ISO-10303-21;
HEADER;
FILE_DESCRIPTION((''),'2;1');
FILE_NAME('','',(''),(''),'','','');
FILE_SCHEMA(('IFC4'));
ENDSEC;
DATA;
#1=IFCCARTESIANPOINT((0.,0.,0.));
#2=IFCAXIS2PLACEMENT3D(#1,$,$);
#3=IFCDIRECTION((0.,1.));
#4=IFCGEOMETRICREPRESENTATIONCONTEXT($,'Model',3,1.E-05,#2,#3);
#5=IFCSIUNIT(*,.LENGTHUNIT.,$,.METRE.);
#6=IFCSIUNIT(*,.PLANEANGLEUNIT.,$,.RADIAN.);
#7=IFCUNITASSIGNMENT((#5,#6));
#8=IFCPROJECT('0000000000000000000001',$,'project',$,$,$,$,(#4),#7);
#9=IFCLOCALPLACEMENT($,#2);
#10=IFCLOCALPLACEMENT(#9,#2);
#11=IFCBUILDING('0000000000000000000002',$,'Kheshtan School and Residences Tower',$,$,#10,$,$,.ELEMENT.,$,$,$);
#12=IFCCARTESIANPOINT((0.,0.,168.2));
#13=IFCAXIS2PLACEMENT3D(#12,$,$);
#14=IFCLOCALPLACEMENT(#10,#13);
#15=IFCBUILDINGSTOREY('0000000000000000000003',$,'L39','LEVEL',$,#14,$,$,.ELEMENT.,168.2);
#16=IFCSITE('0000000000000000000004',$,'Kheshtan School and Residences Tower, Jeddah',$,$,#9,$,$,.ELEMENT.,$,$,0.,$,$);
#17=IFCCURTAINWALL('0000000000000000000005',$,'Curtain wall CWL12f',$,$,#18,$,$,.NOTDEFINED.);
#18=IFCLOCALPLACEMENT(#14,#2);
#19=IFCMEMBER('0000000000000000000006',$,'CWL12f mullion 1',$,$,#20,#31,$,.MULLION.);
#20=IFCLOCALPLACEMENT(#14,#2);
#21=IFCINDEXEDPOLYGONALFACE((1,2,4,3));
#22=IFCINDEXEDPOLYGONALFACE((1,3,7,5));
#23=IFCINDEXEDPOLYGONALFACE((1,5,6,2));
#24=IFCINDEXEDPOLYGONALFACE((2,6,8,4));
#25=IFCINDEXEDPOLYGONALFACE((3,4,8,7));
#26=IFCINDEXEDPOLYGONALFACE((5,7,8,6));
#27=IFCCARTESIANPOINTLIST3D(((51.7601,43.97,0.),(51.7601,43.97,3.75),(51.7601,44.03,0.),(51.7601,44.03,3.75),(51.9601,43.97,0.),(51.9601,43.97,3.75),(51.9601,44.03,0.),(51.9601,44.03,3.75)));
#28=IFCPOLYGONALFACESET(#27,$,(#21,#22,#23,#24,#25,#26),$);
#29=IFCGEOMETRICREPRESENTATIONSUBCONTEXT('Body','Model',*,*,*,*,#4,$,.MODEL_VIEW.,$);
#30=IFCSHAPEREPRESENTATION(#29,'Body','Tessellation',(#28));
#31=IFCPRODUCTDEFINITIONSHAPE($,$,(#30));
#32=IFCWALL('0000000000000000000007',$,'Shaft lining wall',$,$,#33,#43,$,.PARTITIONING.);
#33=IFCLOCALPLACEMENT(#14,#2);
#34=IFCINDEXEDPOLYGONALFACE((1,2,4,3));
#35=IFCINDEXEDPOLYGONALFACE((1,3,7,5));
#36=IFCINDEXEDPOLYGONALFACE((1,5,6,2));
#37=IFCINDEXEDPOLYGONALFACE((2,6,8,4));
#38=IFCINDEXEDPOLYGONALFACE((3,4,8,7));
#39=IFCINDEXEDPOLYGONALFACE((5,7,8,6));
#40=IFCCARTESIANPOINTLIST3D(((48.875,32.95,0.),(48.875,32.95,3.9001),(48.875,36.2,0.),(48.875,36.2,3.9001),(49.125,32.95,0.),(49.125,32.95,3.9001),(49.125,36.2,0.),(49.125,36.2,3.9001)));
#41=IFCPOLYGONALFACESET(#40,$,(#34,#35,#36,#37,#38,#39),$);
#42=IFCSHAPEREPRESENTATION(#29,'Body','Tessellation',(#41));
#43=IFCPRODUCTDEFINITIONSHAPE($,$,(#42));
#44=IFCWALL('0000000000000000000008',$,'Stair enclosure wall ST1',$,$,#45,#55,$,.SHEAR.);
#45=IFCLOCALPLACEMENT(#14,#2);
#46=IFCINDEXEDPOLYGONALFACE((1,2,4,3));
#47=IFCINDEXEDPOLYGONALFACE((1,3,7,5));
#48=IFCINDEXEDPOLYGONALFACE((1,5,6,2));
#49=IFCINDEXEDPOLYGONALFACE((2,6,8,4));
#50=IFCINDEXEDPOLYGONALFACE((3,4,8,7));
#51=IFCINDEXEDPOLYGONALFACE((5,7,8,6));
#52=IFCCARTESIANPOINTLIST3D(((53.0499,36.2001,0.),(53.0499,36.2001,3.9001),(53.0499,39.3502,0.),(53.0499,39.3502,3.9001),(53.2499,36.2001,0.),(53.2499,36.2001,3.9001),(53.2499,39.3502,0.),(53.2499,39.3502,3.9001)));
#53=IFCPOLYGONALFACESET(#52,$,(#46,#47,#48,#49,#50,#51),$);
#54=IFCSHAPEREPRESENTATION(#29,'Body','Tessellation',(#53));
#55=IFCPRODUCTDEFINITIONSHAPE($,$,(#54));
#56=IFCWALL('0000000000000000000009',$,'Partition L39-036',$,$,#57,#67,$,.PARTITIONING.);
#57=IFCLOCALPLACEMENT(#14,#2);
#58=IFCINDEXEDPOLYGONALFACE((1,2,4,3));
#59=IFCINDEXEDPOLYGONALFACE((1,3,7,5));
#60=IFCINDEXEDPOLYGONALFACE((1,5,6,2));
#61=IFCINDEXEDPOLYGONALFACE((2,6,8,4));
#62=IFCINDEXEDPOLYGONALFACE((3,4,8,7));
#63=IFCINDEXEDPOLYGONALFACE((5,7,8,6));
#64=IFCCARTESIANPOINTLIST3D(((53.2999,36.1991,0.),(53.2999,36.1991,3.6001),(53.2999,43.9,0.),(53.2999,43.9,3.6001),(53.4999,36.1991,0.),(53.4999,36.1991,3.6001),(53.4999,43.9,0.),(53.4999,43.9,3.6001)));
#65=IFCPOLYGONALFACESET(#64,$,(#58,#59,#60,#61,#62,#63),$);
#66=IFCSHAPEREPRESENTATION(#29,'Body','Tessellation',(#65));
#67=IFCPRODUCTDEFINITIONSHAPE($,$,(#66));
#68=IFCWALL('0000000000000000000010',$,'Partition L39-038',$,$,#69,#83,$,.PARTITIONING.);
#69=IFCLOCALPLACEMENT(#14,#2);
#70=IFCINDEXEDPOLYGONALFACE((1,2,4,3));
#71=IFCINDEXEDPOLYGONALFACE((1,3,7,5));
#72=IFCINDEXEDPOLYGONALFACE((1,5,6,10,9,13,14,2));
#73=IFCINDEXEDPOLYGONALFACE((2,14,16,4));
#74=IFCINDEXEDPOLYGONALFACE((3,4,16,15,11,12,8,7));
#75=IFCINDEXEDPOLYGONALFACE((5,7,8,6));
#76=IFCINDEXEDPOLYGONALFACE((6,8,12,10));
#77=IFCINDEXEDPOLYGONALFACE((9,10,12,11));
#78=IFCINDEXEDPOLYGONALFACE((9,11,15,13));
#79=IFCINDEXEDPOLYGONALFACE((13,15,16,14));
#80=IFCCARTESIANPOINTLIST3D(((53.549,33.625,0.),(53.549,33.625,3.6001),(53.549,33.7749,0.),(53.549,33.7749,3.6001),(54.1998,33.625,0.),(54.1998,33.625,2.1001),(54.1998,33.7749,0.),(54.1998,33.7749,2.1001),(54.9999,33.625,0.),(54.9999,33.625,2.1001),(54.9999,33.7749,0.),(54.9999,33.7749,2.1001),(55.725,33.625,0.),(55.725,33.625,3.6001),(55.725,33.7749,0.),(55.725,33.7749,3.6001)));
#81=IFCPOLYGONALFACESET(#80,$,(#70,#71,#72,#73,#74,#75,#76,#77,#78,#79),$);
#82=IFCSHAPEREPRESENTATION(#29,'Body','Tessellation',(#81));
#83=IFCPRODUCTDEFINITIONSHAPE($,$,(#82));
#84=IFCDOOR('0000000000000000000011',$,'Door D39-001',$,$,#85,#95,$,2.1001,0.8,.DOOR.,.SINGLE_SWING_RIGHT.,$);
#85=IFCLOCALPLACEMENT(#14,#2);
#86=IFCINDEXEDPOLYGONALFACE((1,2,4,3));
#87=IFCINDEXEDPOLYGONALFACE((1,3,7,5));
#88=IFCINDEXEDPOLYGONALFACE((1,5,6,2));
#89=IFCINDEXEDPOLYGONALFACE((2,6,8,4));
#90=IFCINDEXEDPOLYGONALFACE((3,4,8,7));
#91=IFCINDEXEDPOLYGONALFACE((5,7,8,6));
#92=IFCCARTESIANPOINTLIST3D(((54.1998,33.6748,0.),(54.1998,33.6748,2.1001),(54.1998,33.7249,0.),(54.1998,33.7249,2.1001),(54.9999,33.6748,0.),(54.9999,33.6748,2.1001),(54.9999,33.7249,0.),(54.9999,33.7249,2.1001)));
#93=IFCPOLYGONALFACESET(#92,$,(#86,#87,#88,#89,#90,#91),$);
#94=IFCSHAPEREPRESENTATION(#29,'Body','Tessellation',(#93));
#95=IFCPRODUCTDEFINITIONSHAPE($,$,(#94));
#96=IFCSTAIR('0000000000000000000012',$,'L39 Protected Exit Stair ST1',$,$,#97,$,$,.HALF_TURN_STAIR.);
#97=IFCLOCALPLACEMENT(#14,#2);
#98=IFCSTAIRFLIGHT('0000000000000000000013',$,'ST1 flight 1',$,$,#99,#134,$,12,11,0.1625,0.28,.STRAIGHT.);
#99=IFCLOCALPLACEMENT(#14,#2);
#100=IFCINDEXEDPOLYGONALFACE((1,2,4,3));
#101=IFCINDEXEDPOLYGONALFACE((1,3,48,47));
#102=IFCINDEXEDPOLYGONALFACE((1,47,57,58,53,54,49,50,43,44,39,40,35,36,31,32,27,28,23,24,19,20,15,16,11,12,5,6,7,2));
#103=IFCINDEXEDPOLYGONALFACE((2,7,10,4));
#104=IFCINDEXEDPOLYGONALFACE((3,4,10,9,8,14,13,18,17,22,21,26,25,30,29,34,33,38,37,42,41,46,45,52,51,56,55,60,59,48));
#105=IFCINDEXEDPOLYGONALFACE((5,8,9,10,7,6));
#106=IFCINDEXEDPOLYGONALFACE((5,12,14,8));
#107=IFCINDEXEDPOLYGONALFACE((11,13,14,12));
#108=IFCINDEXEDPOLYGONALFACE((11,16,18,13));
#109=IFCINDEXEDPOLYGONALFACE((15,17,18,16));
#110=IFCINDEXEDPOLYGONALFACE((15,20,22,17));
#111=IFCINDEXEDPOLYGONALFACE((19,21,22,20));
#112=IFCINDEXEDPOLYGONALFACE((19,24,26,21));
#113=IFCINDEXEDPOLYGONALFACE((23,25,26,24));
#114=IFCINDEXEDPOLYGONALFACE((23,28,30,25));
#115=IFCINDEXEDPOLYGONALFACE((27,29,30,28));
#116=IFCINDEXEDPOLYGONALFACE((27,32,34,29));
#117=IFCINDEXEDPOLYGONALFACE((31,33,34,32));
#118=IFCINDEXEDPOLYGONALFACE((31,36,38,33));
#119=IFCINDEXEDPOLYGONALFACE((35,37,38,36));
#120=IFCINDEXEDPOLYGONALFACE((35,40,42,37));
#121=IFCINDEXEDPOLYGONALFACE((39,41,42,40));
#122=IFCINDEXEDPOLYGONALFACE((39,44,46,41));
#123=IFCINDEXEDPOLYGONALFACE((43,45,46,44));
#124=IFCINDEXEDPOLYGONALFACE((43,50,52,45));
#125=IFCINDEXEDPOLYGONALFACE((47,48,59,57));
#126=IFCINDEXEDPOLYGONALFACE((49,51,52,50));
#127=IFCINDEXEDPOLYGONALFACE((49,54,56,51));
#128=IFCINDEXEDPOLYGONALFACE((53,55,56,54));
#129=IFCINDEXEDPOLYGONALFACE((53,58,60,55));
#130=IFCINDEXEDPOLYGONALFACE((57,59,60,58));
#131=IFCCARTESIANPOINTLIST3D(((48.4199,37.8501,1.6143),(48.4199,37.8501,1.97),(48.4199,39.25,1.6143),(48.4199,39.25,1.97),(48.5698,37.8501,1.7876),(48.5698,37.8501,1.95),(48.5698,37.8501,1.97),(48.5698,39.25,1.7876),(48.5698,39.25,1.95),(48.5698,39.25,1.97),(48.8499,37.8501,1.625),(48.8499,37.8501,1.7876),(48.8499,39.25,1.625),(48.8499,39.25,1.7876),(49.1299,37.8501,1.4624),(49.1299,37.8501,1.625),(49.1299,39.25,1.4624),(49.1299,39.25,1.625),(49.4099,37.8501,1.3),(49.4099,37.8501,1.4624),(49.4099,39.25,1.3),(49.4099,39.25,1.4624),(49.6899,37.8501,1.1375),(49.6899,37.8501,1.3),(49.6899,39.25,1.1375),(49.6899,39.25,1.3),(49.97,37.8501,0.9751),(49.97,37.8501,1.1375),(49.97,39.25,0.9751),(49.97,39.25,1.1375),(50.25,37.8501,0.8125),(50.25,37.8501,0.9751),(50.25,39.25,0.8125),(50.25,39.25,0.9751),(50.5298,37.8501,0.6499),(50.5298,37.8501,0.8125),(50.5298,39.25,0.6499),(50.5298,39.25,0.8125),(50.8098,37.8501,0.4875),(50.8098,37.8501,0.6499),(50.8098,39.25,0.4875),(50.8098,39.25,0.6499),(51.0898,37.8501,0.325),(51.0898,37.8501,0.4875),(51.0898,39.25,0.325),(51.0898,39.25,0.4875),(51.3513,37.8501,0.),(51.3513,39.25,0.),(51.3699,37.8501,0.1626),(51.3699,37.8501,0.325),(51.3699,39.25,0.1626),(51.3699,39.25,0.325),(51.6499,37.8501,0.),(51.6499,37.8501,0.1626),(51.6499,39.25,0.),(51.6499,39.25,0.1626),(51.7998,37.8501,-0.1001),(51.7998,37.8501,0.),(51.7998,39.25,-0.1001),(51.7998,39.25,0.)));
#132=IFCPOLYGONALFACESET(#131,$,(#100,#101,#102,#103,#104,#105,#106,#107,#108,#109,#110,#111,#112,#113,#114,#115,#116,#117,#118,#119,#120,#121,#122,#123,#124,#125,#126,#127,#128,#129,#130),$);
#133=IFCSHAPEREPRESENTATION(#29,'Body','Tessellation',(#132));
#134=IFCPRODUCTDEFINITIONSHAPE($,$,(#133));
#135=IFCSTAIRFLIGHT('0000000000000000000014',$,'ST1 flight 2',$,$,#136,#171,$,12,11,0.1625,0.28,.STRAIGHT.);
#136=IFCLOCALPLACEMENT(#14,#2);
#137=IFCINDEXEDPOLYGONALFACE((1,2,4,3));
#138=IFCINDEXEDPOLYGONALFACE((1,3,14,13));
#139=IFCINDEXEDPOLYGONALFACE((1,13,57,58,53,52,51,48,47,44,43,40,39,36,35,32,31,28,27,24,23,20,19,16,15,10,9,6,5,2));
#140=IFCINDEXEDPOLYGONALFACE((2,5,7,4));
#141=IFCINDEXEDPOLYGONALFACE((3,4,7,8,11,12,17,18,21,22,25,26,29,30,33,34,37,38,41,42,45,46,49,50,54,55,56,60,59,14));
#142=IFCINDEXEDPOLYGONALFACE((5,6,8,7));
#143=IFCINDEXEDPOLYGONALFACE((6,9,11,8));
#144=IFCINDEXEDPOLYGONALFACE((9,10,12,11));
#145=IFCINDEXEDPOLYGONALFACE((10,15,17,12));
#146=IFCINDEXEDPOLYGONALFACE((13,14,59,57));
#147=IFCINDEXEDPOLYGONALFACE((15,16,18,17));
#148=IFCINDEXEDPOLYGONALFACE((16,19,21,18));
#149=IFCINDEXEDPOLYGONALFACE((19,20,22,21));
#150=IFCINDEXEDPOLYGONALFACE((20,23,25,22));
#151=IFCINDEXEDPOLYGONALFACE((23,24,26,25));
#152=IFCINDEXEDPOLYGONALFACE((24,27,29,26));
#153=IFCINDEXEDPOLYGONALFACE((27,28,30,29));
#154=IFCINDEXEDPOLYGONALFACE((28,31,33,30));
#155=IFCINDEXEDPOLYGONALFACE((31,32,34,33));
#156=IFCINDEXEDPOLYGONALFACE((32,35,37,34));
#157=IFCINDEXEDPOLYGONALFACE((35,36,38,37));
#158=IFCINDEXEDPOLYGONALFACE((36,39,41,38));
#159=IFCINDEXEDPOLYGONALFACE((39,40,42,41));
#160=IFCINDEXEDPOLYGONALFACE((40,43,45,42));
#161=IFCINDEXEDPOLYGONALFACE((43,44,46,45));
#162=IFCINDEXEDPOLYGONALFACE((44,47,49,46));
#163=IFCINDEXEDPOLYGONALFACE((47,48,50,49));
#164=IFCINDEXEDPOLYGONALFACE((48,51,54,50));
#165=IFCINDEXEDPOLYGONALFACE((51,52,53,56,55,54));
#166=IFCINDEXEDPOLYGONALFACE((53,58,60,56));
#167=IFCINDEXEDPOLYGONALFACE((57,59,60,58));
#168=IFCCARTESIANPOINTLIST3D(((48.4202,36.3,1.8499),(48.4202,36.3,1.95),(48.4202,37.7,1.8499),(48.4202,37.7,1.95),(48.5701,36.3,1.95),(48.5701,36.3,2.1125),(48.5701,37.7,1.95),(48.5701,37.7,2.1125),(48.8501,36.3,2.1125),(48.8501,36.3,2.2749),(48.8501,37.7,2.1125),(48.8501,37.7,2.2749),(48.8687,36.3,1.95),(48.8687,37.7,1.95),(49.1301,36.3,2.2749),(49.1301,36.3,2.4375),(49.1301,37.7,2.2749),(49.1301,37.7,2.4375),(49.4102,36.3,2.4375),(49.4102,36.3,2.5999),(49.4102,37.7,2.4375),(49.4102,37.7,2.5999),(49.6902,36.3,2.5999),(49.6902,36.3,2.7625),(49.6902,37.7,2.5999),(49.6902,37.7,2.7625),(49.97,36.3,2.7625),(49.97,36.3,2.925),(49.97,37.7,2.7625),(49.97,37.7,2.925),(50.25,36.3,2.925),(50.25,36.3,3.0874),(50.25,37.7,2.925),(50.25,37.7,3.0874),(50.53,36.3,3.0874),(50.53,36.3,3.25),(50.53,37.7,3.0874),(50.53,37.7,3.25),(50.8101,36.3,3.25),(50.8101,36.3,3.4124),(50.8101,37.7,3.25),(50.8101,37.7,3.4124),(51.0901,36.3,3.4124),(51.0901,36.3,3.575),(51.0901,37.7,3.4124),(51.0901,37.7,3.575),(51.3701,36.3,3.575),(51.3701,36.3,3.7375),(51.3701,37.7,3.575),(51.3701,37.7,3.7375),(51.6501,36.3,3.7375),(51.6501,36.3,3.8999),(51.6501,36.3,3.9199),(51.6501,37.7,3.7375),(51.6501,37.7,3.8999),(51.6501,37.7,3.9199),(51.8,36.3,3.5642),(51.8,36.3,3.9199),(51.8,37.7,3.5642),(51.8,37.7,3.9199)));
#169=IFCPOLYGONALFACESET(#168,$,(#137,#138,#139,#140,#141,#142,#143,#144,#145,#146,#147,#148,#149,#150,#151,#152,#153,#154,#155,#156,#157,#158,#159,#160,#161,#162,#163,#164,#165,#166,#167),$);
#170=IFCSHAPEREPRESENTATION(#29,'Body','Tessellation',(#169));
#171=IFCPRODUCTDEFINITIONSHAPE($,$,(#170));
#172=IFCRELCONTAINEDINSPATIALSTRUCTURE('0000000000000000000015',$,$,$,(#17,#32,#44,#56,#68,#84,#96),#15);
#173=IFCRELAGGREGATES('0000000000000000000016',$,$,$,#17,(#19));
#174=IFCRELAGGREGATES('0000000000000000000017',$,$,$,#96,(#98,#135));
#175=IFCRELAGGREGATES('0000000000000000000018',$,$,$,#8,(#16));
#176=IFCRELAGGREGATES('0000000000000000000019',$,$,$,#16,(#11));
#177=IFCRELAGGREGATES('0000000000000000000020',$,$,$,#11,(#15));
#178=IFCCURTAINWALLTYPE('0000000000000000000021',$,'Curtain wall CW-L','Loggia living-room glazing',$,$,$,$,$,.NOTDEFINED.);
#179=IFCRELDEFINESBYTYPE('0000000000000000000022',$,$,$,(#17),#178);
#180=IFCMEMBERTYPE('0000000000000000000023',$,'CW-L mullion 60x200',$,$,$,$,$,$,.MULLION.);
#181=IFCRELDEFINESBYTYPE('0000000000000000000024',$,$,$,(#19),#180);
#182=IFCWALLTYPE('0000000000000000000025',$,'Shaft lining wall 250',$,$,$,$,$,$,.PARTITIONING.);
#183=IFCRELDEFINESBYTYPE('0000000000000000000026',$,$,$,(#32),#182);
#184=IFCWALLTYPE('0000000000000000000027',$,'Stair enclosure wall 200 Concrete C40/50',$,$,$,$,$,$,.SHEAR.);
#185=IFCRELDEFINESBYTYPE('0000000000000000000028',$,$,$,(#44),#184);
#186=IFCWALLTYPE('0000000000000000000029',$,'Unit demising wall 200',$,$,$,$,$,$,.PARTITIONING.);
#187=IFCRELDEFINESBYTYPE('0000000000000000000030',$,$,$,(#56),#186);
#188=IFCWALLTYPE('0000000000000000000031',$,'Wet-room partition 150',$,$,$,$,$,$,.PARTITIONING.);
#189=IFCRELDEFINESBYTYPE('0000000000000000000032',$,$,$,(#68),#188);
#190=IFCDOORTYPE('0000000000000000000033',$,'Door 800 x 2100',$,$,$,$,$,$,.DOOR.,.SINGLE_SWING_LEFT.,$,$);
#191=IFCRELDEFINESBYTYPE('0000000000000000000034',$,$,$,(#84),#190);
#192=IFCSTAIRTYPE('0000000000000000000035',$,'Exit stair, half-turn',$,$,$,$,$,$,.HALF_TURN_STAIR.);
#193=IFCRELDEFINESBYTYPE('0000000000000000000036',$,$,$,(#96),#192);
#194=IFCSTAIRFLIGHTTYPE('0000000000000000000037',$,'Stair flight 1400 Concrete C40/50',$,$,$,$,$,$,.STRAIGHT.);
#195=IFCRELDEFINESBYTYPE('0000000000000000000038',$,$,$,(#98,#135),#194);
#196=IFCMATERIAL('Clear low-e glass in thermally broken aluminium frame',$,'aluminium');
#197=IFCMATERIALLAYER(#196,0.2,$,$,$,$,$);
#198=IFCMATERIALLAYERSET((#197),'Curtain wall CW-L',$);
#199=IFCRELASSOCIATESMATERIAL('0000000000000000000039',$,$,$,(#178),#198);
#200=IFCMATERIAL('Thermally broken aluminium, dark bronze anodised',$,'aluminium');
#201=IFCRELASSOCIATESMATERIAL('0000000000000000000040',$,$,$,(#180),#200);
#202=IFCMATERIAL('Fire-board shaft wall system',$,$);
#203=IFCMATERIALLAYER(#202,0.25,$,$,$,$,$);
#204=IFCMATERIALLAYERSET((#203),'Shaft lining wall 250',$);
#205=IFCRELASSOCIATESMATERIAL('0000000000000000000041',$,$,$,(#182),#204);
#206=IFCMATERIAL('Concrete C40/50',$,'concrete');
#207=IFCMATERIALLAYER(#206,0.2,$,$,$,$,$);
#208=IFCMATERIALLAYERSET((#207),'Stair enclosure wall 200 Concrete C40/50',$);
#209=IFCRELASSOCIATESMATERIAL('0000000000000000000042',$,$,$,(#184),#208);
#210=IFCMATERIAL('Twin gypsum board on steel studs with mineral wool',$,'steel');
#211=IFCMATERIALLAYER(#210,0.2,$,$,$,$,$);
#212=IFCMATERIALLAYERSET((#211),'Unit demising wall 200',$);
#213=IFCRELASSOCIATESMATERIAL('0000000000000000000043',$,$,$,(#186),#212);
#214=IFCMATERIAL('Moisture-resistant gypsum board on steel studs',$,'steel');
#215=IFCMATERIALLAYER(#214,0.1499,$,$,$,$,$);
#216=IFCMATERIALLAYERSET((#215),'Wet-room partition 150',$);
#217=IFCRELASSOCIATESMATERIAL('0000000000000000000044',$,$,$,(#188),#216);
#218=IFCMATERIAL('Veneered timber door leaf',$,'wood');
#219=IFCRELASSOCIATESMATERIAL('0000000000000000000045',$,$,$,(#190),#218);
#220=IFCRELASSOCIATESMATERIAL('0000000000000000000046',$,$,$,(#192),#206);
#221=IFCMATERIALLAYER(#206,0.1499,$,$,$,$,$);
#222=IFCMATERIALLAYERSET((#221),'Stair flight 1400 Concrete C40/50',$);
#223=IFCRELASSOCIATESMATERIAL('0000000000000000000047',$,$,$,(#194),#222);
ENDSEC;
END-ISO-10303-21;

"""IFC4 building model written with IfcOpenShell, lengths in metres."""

from ifc_helpers import new_model, si_unit, direction, frame, frame_2d, origin, origin_2d, place, context, subcontext, project, spatial, polyline, rectangle, outline, extrude, source, transform, mapped, material, layer, layer_set, material_profile, profile_set, type_object, element, fill, aggregate, save


model = new_model("IFC4")

# Units and contexts
model_context = context("Model", 3, precision=1e-05, world=origin(), true_north=direction((0.0, 1.0)))
body_context = subcontext(model_context, "Body", "Model", "MODEL_VIEW")
ifc_project = project(units=[si_unit("LENGTHUNIT", "METRE"), si_unit("PLANEANGLEUNIT", "RADIAN")], contexts=[model_context])

# Site, building, storey
site_placement = place(None, origin())
site = spatial("IfcSite", under=ifc_project, at=site_placement, Name="Kheshtan School and Residences Tower, Jeddah", CompositionType="ELEMENT", RefElevation=0.0)
building_placement = place(site_placement, origin())
building = spatial("IfcBuilding", under=site, at=building_placement, Name="Kheshtan School and Residences Tower", CompositionType="ELEMENT")
storey_placement = place(building_placement, frame((0.0, 0.0, 168.2)))
storey = spatial("IfcBuildingStorey", under=building, at=storey_placement, Name="L39", Description="LEVEL", CompositionType="ELEMENT", Elevation=168.2)

# Curtain wall, member
ifc_material_1 = material(Name="Clear low-e glass in thermally broken aluminium frame", Category="aluminium")
ifc_layer_1 = layer(ifc_material_1, 0.2)
ifc_layer_set_1 = layer_set([ifc_layer_1], Name="Curtain wall CW-L")
curtain_wall_type = type_object("IfcCurtainWallType", Name="Curtain wall CW-L", Description="Loggia living-room glazing", PredefinedType="NOTDEFINED", material=ifc_layer_set_1)
curtain_wall_placement = place(storey_placement, origin())
curtain_wall = element("IfcCurtainWall", 1, at=curtain_wall_placement, inside=storey, type_object=curtain_wall_type, Name="Curtain wall CWL12f", PredefinedType="NOTDEFINED")
ifc_material_2 = material(Name="Thermally broken aluminium, dark bronze anodised", Category="aluminium")
ifc_material_profile = material_profile(ifc_material_2, rectangle(XDim=0.0601, YDim=0.2, at=origin_2d()), Name="CW-L mullion 60x200")
ifc_profile_set = profile_set([ifc_material_profile], Name="Thermally broken aluminium, dark bronze anodised")
member_type = type_object("IfcMemberType", Name="CW-L mullion 60x200", PredefinedType="MULLION", material=ifc_profile_set)
member_placement = place(storey_placement, frame((51.8601, 44.0, 0.0), z_axis=(0.0, 0.0, 1.0), x_axis=(0.0, 1.0, 0.0)))
member = element("IfcMember", 2, at=member_placement, type_object=member_type, Name="CWL12f mullion 1", PredefinedType="MULLION", context=body_context, shape_type="SweptSolid", body=[
    extrude(rectangle(XDim=0.0601, YDim=0.2, at=origin_2d()), origin(), (0.0, 0.0, 1.0), 3.75),
])
aggregate(curtain_wall, [member])

# Walls
ifc_material_3 = material(Name="Fire-board shaft wall system")
ifc_layer_2 = layer(ifc_material_3, 0.25)
ifc_layer_set_2 = layer_set([ifc_layer_2], Name="Shaft lining wall 250")
wall_type_1 = type_object("IfcWallType", Name="Shaft lining wall 250", PredefinedType="PARTITIONING", material=ifc_layer_set_2)
wall_1_placement = place(storey_placement, frame((49.0, 32.95, 0.0), z_axis=(0.0, 0.0, 1.0), x_axis=(0.0, 1.0, 0.0)))
element("IfcWall", 3, at=wall_1_placement, inside=storey, type_object=wall_type_1, Name="Shaft lining wall", PredefinedType="PARTITIONING", context=body_context, shape_type="SweptSolid", body=[
    extrude(rectangle(XDim=3.25, YDim=0.25, at=frame_2d((1.625, 0.0))), origin(), (0.0, 0.0, 1.0), 3.9001),
])
ifc_material_4 = material(Name="Concrete C40/50", Category="concrete")
ifc_layer_3 = layer(ifc_material_4, 0.2)
ifc_layer_set_3 = layer_set([ifc_layer_3], Name="Stair enclosure wall 200 Concrete C40/50")
wall_type_2 = type_object("IfcWallType", Name="Stair enclosure wall 200 Concrete C40/50", PredefinedType="SHEAR", material=ifc_layer_set_3)
wall_2_placement = place(storey_placement, frame((53.1499, 36.2, 0.0), z_axis=(0.0, 0.0, 1.0), x_axis=(0.0, 1.0, 0.0)))
element("IfcWall", 4, at=wall_2_placement, inside=storey, type_object=wall_type_2, Name="Stair enclosure wall ST1", PredefinedType="SHEAR", context=body_context, shape_type="SweptSolid", body=[
    extrude(rectangle(XDim=3.1501, YDim=0.2, at=frame_2d((1.5752, 0.0))), origin(), (0.0, 0.0, 1.0), 3.9001),
])
ifc_material_5 = material(Name="Twin gypsum board on steel studs with mineral wool", Category="steel")
ifc_layer_4 = layer(ifc_material_5, 0.2)
ifc_layer_set_4 = layer_set([ifc_layer_4], Name="Unit demising wall 200")
wall_type_3 = type_object("IfcWallType", Name="Unit demising wall 200", PredefinedType="PARTITIONING", material=ifc_layer_set_4)
wall_3_placement = place(storey_placement, frame((53.3999, 36.199, 0.0), z_axis=(0.0, 0.0, 1.0), x_axis=(0.0, 1.0, 0.0)))
element("IfcWall", 5, at=wall_3_placement, inside=storey, type_object=wall_type_3, Name="Partition L39-036", PredefinedType="PARTITIONING", context=body_context, shape_type="SweptSolid", body=[
    extrude(rectangle(XDim=7.7009, YDim=0.2, at=frame_2d((3.8506, 0.0))), origin(), (0.0, 0.0, 1.0), 3.6001),
])

# Wall, opening, door
ifc_material_6 = material(Name="Moisture-resistant gypsum board on steel studs", Category="steel")
ifc_layer_5 = layer(ifc_material_6, 0.1499)
ifc_layer_set_5 = layer_set([ifc_layer_5], Name="Wet-room partition 150")
wall_type_4 = type_object("IfcWallType", Name="Wet-room partition 150", PredefinedType="PARTITIONING", material=ifc_layer_set_5)
wall_4_placement = place(storey_placement, frame((53.5491, 33.7, 0.0), z_axis=(0.0, 0.0, 1.0), x_axis=(1.0, 0.0, 0.0)))
wall_4 = element("IfcWall", 6, at=wall_4_placement, inside=storey, type_object=wall_type_4, Name="Partition L39-038", PredefinedType="PARTITIONING", context=body_context, shape_type="SweptSolid", body=[
    extrude(rectangle(XDim=2.176, YDim=0.1499, at=frame_2d((1.0879, 0.0))), origin(), (0.0, 0.0, 1.0), 3.6001),
])
opening_1_placement = place(wall_4_placement, frame((0.6509, 0.0, 0.0)))
opening_1 = element("IfcOpeningElement", 7, at=opening_1_placement, cuts=wall_4, PredefinedType="OPENING", context=body_context, shape_type="SweptSolid", body=[
    extrude(rectangle(XDim=0.8, YDim=2.1001, at=frame_2d((0.3999, 1.05))), frame((0.0, 0.085, 0.0), z_axis=(0.0, -1.0, 0.0), x_axis=(1.0, 0.0, 0.0)), (0.0, 0.0, 1.0), 0.1699),
])
ifc_material_7 = material(Name="Veneered timber door leaf", Category="wood")
door_type_1 = type_object("IfcDoorType", Name="Door 800 x 2100", OperationType="SINGLE_SWING_LEFT", PredefinedType="DOOR", material=ifc_material_7)
shared_shape_1 = source(origin(), body_context, "Body", "SweptSolid", [
    extrude(rectangle(XDim=0.8, YDim=2.1001, at=frame_2d((0.3999, 1.05))), frame((0.0, 0.0249, 0.0), z_axis=(0.0, -1.0, 0.0), x_axis=(1.0, 0.0, 0.0)), (0.0, 0.0, 1.0), 0.05),
])
door_1_placement = place(opening_1_placement, origin())
door_1 = element("IfcDoor", 8, at=door_1_placement, inside=storey, type_object=door_type_1, Name="Door D39-001", OperationType="SINGLE_SWING_RIGHT", OverallHeight=2.1001, OverallWidth=0.8, PredefinedType="DOOR", context=body_context, shape_type="MappedRepresentation", body=[
    mapped(shared_shape_1, transform((0.0, 0.0, 0.0), x_axis=(1.0, 0.0, 0.0), y_axis=(0.0, 1.0, 0.0), z_axis=(0.0, 0.0, 1.0), scale=1.0)),
])
fill(opening_1, door_1)

# Stair, stair flights
stair_type = type_object("IfcStairType", Name="Exit stair, half-turn", PredefinedType="HALF_TURN_STAIR", material=ifc_material_4)
stair_placement = place(storey_placement, origin())
stair = element("IfcStair", 9, at=stair_placement, inside=storey, type_object=stair_type, Name="L39 Protected Exit Stair ST1", PredefinedType="HALF_TURN_STAIR")
ifc_layer_6 = layer(ifc_material_4, 0.1499)
ifc_layer_set_6 = layer_set([ifc_layer_6], Name="Stair flight 1400 Concrete C40/50")
stair_flight_type = type_object("IfcStairFlightType", Name="Stair flight 1400 Concrete C40/50", PredefinedType="STRAIGHT", material=ifc_layer_set_6)
stair_flight_1_placement = place(storey_placement, frame((51.6499, 38.55, 0.0), z_axis=(0.0, 0.0, 1.0), x_axis=(-1.0, 0.0, 0.0)))
stair_flight_1 = element("IfcStairFlight", 10, at=stair_flight_1_placement, type_object=stair_flight_type, Name="ST1 flight 1", NumberOfRisers=12, NumberOfTreads=11, PredefinedType="STRAIGHT", RiserHeight=0.1625, TreadLength=0.28, context=body_context, shape_type="SweptSolid", body=[
    extrude(outline(polyline([(-0.1499, -0.1001), (-0.1499, 0.0), (0.0, 0.0), (0.0, 0.1626), (0.28, 0.1626), (0.28, 0.325), (0.5601, 0.325), (0.5601, 0.4875), (0.8401, 0.4875), (0.8401, 0.6499), (1.1201, 0.6499), (1.1201, 0.8125), (1.3999, 0.8125), (1.3999, 0.9751), (1.6799, 0.9751), (1.6799, 1.1375), (1.96, 1.1375), (1.96, 1.3), (2.24, 1.3), (2.24, 1.4624), (2.52, 1.4624), (2.52, 1.625), (2.8, 1.625), (2.8, 1.7876), (3.0801, 1.7876), (3.0801, 1.95), (3.0801, 1.97), (3.23, 1.97), (3.23, 1.6143), (0.2986, 0.0), (-0.1499, -0.1001)])), frame((0.0, 0.7, 0.0), z_axis=(0.0, -1.0, 0.0), x_axis=(1.0, 0.0, 0.0)), (0.0, 0.0, 1.0), 1.3999),
])
stair_flight_2_placement = place(storey_placement, frame((48.5701, 37.0, 1.95), z_axis=(0.0, 0.0, 1.0), x_axis=(1.0, 0.0, 0.0)))
stair_flight_2 = element("IfcStairFlight", 11, at=stair_flight_2_placement, type_object=stair_flight_type, Name="ST1 flight 2", NumberOfRisers=12, NumberOfTreads=11, PredefinedType="STRAIGHT", RiserHeight=0.1625, TreadLength=0.28, context=body_context, shape_type="SweptSolid", body=[
    extrude(outline(polyline([(-0.1499, -0.1001), (-0.1499, 0.0), (0.0, 0.0), (0.0, 0.1626), (0.28, 0.1626), (0.28, 0.325), (0.5601, 0.325), (0.5601, 0.4875), (0.8401, 0.4875), (0.8401, 0.6499), (1.1201, 0.6499), (1.1201, 0.8125), (1.3999, 0.8125), (1.3999, 0.9751), (1.6799, 0.9751), (1.6799, 1.1375), (1.96, 1.1375), (1.96, 1.3), (2.24, 1.3), (2.24, 1.4624), (2.52, 1.4624), (2.52, 1.625), (2.8, 1.625), (2.8, 1.7876), (3.0801, 1.7876), (3.0801, 1.95), (3.0801, 1.97), (3.23, 1.97), (3.23, 1.6143), (0.2986, 0.0), (-0.1499, -0.1001)])), frame((0.0, 0.7, 0.0), z_axis=(0.0, -1.0, 0.0), x_axis=(1.0, 0.0, 0.0)), (0.0, 0.0, 1.0), 1.3999),
])
aggregate(stair, [stair_flight_1, stair_flight_2])

save(model, "model.ifc")
